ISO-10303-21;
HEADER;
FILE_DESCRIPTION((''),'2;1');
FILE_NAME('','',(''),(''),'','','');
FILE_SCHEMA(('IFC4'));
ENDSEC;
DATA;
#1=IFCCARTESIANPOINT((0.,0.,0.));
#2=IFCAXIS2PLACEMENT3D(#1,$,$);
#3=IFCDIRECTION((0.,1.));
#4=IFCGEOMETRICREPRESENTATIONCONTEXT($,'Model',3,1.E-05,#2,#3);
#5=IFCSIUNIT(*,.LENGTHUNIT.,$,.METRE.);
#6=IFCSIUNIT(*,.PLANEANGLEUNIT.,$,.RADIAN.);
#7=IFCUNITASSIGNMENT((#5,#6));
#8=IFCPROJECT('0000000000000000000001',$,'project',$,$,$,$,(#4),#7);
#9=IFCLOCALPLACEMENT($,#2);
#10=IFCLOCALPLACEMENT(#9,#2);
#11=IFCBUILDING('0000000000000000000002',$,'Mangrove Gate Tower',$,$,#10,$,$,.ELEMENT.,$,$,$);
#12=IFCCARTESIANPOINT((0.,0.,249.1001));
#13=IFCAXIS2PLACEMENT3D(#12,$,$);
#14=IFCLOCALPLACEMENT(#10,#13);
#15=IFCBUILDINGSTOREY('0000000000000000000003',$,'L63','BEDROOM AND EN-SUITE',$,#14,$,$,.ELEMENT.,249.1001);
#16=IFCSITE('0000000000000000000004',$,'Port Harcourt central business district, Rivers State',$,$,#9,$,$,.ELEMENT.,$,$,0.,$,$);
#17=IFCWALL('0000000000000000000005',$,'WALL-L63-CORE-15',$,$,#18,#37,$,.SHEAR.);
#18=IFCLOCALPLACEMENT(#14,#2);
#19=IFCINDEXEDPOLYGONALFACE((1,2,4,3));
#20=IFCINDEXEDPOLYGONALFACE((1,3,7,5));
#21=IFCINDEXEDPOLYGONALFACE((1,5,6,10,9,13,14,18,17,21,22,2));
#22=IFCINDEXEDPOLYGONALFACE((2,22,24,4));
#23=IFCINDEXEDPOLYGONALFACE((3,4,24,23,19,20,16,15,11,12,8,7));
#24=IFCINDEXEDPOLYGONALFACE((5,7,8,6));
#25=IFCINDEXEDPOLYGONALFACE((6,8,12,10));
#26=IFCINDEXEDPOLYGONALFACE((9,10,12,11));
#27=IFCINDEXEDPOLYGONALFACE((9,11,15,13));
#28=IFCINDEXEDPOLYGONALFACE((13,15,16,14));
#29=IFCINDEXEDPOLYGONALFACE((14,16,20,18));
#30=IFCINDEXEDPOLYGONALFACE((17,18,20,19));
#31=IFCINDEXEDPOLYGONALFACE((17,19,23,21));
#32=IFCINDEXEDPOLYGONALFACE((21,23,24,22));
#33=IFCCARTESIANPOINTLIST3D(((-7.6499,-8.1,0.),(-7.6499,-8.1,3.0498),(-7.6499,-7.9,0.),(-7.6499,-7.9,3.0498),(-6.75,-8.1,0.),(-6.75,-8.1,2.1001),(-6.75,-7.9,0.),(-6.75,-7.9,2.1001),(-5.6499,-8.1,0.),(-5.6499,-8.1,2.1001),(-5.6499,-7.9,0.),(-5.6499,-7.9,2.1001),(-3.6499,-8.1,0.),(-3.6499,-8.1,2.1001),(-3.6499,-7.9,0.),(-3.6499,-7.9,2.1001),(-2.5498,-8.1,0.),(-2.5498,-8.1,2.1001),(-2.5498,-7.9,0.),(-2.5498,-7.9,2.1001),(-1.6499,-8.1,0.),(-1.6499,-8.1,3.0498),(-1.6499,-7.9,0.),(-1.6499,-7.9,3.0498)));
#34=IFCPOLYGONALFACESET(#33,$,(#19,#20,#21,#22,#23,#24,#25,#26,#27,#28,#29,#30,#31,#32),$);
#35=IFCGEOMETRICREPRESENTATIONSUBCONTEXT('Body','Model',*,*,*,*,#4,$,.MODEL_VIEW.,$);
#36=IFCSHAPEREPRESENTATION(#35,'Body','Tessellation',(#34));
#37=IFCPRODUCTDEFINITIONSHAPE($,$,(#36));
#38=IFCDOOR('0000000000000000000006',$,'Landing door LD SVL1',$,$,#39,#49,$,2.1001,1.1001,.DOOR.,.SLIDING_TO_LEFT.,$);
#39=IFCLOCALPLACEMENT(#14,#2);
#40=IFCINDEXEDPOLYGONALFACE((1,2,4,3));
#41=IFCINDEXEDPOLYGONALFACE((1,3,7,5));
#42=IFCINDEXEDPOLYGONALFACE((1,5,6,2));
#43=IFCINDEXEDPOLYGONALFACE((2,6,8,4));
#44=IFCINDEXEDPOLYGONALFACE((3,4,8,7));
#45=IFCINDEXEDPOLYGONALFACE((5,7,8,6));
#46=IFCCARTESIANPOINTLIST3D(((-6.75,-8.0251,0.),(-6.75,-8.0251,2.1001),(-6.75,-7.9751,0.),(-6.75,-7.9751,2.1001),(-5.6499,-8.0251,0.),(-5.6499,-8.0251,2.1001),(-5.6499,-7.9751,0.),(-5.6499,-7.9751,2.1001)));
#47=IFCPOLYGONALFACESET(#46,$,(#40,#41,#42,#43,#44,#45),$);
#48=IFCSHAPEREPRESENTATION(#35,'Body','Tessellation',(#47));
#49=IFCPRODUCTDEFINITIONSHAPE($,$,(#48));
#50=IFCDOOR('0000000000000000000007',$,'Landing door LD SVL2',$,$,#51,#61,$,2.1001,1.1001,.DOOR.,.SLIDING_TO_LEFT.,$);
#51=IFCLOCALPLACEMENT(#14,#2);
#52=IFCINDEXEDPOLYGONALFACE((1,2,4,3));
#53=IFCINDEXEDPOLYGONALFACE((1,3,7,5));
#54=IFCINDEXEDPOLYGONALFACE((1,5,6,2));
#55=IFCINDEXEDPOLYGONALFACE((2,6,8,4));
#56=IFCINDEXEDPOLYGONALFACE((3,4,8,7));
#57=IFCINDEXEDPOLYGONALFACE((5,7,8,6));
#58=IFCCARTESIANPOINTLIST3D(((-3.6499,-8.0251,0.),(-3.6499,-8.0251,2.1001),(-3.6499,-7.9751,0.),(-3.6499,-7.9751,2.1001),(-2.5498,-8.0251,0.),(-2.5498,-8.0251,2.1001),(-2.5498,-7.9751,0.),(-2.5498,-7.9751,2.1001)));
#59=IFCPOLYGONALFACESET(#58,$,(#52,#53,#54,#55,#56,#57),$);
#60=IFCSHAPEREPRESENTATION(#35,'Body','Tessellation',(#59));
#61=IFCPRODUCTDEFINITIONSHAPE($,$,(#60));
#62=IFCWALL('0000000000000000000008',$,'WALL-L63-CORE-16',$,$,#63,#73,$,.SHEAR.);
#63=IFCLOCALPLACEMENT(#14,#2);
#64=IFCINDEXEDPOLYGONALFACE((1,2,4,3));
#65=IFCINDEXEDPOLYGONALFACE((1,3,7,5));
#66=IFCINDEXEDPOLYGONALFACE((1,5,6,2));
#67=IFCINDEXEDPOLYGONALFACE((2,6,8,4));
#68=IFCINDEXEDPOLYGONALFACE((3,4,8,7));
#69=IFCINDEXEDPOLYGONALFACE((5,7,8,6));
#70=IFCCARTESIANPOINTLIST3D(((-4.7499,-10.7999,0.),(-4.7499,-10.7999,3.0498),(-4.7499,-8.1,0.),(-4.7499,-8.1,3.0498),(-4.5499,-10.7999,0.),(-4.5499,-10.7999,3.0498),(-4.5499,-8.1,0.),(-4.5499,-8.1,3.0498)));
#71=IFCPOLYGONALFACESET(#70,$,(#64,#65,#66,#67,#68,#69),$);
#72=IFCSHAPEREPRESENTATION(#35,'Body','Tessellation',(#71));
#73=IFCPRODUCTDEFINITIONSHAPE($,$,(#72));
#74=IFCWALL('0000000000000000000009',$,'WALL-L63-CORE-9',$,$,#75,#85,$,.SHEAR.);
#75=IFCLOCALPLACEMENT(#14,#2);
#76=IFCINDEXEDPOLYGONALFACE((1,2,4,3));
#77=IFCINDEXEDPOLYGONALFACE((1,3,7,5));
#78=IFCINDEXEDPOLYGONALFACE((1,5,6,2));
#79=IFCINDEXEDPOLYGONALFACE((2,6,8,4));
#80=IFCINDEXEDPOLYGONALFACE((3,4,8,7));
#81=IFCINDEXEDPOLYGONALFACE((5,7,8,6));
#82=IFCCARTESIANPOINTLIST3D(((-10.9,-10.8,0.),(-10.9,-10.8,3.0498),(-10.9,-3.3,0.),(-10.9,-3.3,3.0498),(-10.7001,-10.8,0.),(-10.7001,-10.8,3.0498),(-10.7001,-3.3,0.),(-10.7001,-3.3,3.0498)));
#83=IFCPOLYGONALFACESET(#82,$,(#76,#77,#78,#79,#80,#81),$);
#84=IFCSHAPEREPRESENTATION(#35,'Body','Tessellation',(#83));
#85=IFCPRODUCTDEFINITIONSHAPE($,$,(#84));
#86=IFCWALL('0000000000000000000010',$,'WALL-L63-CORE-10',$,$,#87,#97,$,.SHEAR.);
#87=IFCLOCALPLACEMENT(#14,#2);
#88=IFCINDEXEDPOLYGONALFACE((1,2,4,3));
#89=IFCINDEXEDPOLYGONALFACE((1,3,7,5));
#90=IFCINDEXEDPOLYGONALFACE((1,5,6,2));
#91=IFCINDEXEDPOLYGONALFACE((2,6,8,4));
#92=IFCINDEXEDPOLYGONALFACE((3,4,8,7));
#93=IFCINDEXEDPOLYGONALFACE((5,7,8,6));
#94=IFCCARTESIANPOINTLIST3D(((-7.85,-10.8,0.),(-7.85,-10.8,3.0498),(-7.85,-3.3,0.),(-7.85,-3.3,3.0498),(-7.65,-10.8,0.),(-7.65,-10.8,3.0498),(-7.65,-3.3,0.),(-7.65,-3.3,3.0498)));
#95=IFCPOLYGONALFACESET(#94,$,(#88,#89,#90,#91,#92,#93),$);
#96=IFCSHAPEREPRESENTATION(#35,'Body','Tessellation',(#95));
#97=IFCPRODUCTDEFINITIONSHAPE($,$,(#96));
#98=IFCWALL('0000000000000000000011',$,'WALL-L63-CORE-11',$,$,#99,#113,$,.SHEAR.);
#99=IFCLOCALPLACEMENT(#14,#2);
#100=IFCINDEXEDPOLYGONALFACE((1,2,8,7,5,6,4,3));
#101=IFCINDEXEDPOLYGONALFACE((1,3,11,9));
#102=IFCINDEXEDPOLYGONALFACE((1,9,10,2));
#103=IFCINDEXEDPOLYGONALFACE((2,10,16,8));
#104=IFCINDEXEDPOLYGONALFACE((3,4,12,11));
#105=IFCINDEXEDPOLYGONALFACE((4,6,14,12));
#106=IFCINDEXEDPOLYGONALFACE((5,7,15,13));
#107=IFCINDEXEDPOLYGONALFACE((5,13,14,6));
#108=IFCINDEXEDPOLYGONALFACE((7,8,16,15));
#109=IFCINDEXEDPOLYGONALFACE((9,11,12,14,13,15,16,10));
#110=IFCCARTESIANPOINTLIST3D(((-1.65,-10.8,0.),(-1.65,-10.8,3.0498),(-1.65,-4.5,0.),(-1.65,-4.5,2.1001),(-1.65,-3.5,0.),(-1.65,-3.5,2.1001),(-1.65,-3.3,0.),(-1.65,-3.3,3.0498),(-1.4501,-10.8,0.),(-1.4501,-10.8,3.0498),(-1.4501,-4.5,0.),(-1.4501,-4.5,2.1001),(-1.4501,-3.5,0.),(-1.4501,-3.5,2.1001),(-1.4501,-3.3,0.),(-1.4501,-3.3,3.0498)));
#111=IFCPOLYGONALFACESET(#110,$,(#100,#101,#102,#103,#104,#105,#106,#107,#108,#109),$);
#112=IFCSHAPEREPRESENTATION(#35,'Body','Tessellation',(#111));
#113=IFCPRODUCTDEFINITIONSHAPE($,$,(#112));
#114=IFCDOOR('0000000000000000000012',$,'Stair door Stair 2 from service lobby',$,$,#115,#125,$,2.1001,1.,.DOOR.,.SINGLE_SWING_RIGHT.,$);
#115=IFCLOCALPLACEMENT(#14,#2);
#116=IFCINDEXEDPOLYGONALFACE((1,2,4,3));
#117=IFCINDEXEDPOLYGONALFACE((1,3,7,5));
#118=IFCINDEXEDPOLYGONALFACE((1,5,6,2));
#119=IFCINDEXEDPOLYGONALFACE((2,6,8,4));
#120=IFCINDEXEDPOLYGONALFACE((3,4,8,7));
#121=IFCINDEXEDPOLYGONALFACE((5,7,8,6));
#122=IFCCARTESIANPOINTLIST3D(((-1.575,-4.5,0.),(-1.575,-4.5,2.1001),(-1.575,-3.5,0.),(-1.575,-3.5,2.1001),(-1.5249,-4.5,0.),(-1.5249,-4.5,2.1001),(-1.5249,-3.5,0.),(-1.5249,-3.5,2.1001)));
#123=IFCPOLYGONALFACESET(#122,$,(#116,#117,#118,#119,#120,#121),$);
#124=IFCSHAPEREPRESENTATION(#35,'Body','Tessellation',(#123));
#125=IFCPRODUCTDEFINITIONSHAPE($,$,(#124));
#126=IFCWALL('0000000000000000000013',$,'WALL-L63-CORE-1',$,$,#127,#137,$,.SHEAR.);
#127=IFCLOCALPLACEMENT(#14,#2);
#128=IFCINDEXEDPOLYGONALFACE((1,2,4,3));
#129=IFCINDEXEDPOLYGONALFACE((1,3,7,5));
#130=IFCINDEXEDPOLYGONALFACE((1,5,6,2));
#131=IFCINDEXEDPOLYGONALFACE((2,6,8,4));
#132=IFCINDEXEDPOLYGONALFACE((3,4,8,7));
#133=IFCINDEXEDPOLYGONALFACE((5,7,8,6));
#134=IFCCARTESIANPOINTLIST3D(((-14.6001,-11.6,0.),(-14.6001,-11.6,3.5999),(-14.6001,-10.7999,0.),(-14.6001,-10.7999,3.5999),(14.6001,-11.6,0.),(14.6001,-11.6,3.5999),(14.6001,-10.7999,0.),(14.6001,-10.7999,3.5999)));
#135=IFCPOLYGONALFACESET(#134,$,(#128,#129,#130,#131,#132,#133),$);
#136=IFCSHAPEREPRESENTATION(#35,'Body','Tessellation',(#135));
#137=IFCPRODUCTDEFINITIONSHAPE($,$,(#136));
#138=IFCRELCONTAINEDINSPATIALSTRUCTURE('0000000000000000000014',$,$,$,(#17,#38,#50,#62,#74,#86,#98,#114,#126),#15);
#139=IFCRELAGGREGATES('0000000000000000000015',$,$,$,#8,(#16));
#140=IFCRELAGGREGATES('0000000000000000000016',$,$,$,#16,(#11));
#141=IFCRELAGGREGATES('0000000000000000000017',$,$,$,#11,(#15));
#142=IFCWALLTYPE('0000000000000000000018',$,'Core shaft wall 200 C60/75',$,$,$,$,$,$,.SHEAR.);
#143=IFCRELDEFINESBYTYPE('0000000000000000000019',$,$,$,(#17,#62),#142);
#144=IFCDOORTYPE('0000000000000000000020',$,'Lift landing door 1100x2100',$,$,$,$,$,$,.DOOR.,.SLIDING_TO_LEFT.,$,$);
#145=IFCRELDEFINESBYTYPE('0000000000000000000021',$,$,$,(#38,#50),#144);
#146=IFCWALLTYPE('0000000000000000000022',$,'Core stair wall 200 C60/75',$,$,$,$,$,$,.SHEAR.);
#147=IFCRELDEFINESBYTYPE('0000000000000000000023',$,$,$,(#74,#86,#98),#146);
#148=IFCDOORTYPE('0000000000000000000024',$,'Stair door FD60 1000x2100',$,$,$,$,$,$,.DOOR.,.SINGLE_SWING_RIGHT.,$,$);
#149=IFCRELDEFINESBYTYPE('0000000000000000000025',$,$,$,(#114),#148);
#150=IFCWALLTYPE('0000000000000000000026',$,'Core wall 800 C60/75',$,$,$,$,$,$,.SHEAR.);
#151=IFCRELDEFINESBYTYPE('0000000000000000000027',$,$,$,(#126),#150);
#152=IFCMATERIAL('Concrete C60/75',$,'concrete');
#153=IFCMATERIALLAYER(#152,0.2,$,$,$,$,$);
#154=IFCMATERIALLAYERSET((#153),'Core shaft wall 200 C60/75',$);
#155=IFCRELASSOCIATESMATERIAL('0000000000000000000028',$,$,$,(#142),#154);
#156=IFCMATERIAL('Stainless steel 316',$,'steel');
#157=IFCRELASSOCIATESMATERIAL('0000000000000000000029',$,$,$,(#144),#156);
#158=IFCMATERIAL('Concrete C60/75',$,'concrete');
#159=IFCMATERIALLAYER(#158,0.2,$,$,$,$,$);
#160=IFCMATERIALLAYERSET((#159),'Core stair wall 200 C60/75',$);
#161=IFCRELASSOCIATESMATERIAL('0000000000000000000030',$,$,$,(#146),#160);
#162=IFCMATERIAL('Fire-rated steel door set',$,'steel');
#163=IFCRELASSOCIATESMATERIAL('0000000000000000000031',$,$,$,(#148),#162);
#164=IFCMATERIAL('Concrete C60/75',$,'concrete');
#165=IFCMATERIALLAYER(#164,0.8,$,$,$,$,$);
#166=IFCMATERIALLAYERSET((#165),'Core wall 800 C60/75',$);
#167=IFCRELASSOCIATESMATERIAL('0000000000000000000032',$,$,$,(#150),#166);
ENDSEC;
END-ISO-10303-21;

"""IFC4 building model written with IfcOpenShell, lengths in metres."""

from ifc_helpers import new_model, si_unit, direction, frame, frame_2d, origin, place, context, subcontext, project, spatial, rectangle, extrude, material, layer, layer_set, type_object, element, fill, save


model = new_model("IFC4")

# Units and contexts
model_context = context("Model", 3, precision=1e-05, world=origin(), true_north=direction((0.0, 1.0)))
body_context = subcontext(model_context, "Body", "Model", "MODEL_VIEW")
ifc_project = project(units=[si_unit("LENGTHUNIT", "METRE"), si_unit("PLANEANGLEUNIT", "RADIAN")], contexts=[model_context])

# Site, building, storey
site_placement = place(None, origin())
site = spatial("IfcSite", under=ifc_project, at=site_placement, Name="Port Harcourt central business district, Rivers State", CompositionType="ELEMENT", RefElevation=0.0)
building_placement = place(site_placement, origin())
building = spatial("IfcBuilding", under=site, at=building_placement, Name="Mangrove Gate Tower", CompositionType="ELEMENT")
storey_placement = place(building_placement, frame((0.0, 0.0, 249.1001)))
storey = spatial("IfcBuildingStorey", under=building, at=storey_placement, Name="L63", Description="BEDROOM AND EN-SUITE", CompositionType="ELEMENT", Elevation=249.1001)

# Wall, openings, doors
ifc_material_1 = material(Name="Concrete C60/75", Category="concrete")
ifc_layer_1 = layer(ifc_material_1, 0.2)
ifc_layer_set_1 = layer_set([ifc_layer_1], Name="Core shaft wall 200 C60/75")
wall_type_1 = type_object("IfcWallType", Name="Core shaft wall 200 C60/75", PredefinedType="SHEAR", material=ifc_layer_set_1)
wall_1_placement = place(storey_placement, frame((-7.6499, -8.0, 0.0), z_axis=(0.0, 0.0, 1.0), x_axis=(1.0, 0.0, 0.0)))
wall_1 = element("IfcWall", 1, at=wall_1_placement, inside=storey, type_object=wall_type_1, Name="WALL-L63-CORE-15", PredefinedType="SHEAR", context=body_context, shape_type="SweptSolid", body=[
    extrude(rectangle(XDim=6.0, YDim=0.2, at=frame_2d((3.0, 0.0))), origin(), (0.0, 0.0, 1.0), 3.0498),
])
opening_1_placement = place(wall_1_placement, frame((0.8999, 0.0, 0.0)))
opening_1 = element("IfcOpeningElement", 2, at=opening_1_placement, cuts=wall_1, PredefinedType="OPENING", context=body_context, shape_type="SweptSolid", body=[
    extrude(rectangle(XDim=1.1001, YDim=2.1001, at=frame_2d((0.55, 1.05))), frame((0.0, 0.1099, 0.0), z_axis=(0.0, -1.0, 0.0), x_axis=(1.0, 0.0, 0.0)), (0.0, 0.0, 1.0), 0.22),
])
opening_2_placement = place(wall_1_placement, frame((4.0, 0.0, 0.0)))
opening_2 = element("IfcOpeningElement", 3, at=opening_2_placement, cuts=wall_1, PredefinedType="OPENING", context=body_context, shape_type="SweptSolid", body=[
    extrude(rectangle(XDim=1.1001, YDim=2.1001, at=frame_2d((0.55, 1.05))), frame((0.0, 0.1099, 0.0), z_axis=(0.0, -1.0, 0.0), x_axis=(1.0, 0.0, 0.0)), (0.0, 0.0, 1.0), 0.22),
])
ifc_material_2 = material(Name="Stainless steel 316", Category="steel")
door_type_1 = type_object("IfcDoorType", Name="Lift landing door 1100x2100", OperationType="SLIDING_TO_LEFT", PredefinedType="DOOR", material=ifc_material_2)
door_1_placement = place(opening_1_placement, origin())
door_1 = element("IfcDoor", 4, at=door_1_placement, inside=storey, type_object=door_type_1, Name="Landing door LD SVL1", OperationType="SLIDING_TO_LEFT", OverallHeight=2.1001, OverallWidth=1.1001, PredefinedType="DOOR", context=body_context, shape_type="SweptSolid", body=[
    extrude(rectangle(XDim=1.1001, YDim=2.1001, at=frame_2d((0.55, 1.05))), frame((0.0, 0.0249, 0.0), z_axis=(0.0, -1.0, 0.0), x_axis=(1.0, 0.0, 0.0)), (0.0, 0.0, 1.0), 0.05),
])
fill(opening_1, door_1)
door_2_placement = place(opening_2_placement, origin())
door_2 = element("IfcDoor", 5, at=door_2_placement, inside=storey, type_object=door_type_1, Name="Landing door LD SVL2", OperationType="SLIDING_TO_LEFT", OverallHeight=2.1001, OverallWidth=1.1001, PredefinedType="DOOR", context=body_context, shape_type="SweptSolid", body=[
    extrude(rectangle(XDim=1.1001, YDim=2.1001, at=frame_2d((0.55, 1.05))), frame((0.0, 0.0249, 0.0), z_axis=(0.0, -1.0, 0.0), x_axis=(1.0, 0.0, 0.0)), (0.0, 0.0, 1.0), 0.05),
])
fill(opening_2, door_2)

# Walls
wall_2_placement = place(storey_placement, frame((-4.6499, -10.8, 0.0), z_axis=(0.0, 0.0, 1.0), x_axis=(0.0, 1.0, 0.0)))
element("IfcWall", 6, at=wall_2_placement, inside=storey, type_object=wall_type_1, Name="WALL-L63-CORE-16", PredefinedType="SHEAR", context=body_context, shape_type="SweptSolid", body=[
    extrude(rectangle(XDim=2.7, YDim=0.2, at=frame_2d((1.3501, 0.0))), origin(), (0.0, 0.0, 1.0), 3.0498),
])
ifc_material_3 = material(Name="Concrete C60/75", Category="concrete")
ifc_layer_2 = layer(ifc_material_3, 0.2)
ifc_layer_set_2 = layer_set([ifc_layer_2], Name="Core stair wall 200 C60/75")
wall_type_2 = type_object("IfcWallType", Name="Core stair wall 200 C60/75", PredefinedType="SHEAR", material=ifc_layer_set_2)
for number, where, z_axis, x_axis, name in (
    (7, (-10.8, -10.8, 0.0), (0.0, 0.0, 1.0), (0.0, 1.0, 0.0), "WALL-L63-CORE-9"),
    (8, (-7.75, -10.8, 0.0), (0.0, 0.0, 1.0), (0.0, 1.0, 0.0), "WALL-L63-CORE-10"),
):
    element("IfcWall", number, at=place(storey_placement, frame(where, z_axis=z_axis, x_axis=x_axis)), inside=storey, type_object=wall_type_2, Name=name, PredefinedType="SHEAR", context=body_context, shape_type="SweptSolid", body=[
        extrude(rectangle(XDim=7.5, YDim=0.2, at=frame_2d((3.75, 0.0))), origin(), (0.0, 0.0, 1.0), 3.0498),
    ])

# Wall, opening, door
wall_3_placement = place(storey_placement, frame((-1.55, -10.8, 0.0), z_axis=(0.0, 0.0, 1.0), x_axis=(0.0, 1.0, 0.0)))
wall_3 = element("IfcWall", 9, at=wall_3_placement, inside=storey, type_object=wall_type_2, Name="WALL-L63-CORE-11", PredefinedType="SHEAR", context=body_context, shape_type="SweptSolid", body=[
    extrude(rectangle(XDim=7.5, YDim=0.2, at=frame_2d((3.75, 0.0))), origin(), (0.0, 0.0, 1.0), 3.0498),
])
opening_3_placement = place(wall_3_placement, frame((6.3, 0.0, 0.0)))
opening_3 = element("IfcOpeningElement", 10, at=opening_3_placement, cuts=wall_3, PredefinedType="OPENING", context=body_context, shape_type="SweptSolid", body=[
    extrude(rectangle(XDim=1.0, YDim=2.1001, at=frame_2d((0.5, 1.05))), frame((0.0, 0.1099, 0.0), z_axis=(0.0, -1.0, 0.0), x_axis=(1.0, 0.0, 0.0)), (0.0, 0.0, 1.0), 0.22),
])
ifc_material_4 = material(Name="Fire-rated steel door set", Category="steel")
door_type_2 = type_object("IfcDoorType", Name="Stair door FD60 1000x2100", OperationType="SINGLE_SWING_RIGHT", PredefinedType="DOOR", material=ifc_material_4)
door_3_placement = place(opening_3_placement, origin())
door_3 = element("IfcDoor", 11, at=door_3_placement, inside=storey, type_object=door_type_2, Name="Stair door Stair 2 from service lobby", OperationType="SINGLE_SWING_RIGHT", OverallHeight=2.1001, OverallWidth=1.0, PredefinedType="DOOR", context=body_context, shape_type="SweptSolid", body=[
    extrude(rectangle(XDim=1.0, YDim=2.1001, at=frame_2d((0.5, 1.05))), frame((0.0, 0.0249, 0.0), z_axis=(0.0, -1.0, 0.0), x_axis=(1.0, 0.0, 0.0)), (0.0, 0.0, 1.0), 0.05),
])
fill(opening_3, door_3)

# Wall
ifc_material_5 = material(Name="Concrete C60/75", Category="concrete")
ifc_layer_3 = layer(ifc_material_5, 0.8)
ifc_layer_set_3 = layer_set([ifc_layer_3], Name="Core wall 800 C60/75")
wall_type_3 = type_object("IfcWallType", Name="Core wall 800 C60/75", PredefinedType="SHEAR", material=ifc_layer_set_3)
wall_4_placement = place(storey_placement, frame((-14.6001, -11.2, 0.0), z_axis=(0.0, 0.0, 1.0), x_axis=(1.0, 0.0, 0.0)))
element("IfcWall", 12, at=wall_4_placement, inside=storey, type_object=wall_type_3, Name="WALL-L63-CORE-1", PredefinedType="SHEAR", context=body_context, shape_type="SweptSolid", body=[
    extrude(rectangle(XDim=29.2002, YDim=0.8, at=frame_2d((14.6001, 0.0))), origin(), (0.0, 0.0, 1.0), 3.5999),
])

save(model, "model.ifc")
